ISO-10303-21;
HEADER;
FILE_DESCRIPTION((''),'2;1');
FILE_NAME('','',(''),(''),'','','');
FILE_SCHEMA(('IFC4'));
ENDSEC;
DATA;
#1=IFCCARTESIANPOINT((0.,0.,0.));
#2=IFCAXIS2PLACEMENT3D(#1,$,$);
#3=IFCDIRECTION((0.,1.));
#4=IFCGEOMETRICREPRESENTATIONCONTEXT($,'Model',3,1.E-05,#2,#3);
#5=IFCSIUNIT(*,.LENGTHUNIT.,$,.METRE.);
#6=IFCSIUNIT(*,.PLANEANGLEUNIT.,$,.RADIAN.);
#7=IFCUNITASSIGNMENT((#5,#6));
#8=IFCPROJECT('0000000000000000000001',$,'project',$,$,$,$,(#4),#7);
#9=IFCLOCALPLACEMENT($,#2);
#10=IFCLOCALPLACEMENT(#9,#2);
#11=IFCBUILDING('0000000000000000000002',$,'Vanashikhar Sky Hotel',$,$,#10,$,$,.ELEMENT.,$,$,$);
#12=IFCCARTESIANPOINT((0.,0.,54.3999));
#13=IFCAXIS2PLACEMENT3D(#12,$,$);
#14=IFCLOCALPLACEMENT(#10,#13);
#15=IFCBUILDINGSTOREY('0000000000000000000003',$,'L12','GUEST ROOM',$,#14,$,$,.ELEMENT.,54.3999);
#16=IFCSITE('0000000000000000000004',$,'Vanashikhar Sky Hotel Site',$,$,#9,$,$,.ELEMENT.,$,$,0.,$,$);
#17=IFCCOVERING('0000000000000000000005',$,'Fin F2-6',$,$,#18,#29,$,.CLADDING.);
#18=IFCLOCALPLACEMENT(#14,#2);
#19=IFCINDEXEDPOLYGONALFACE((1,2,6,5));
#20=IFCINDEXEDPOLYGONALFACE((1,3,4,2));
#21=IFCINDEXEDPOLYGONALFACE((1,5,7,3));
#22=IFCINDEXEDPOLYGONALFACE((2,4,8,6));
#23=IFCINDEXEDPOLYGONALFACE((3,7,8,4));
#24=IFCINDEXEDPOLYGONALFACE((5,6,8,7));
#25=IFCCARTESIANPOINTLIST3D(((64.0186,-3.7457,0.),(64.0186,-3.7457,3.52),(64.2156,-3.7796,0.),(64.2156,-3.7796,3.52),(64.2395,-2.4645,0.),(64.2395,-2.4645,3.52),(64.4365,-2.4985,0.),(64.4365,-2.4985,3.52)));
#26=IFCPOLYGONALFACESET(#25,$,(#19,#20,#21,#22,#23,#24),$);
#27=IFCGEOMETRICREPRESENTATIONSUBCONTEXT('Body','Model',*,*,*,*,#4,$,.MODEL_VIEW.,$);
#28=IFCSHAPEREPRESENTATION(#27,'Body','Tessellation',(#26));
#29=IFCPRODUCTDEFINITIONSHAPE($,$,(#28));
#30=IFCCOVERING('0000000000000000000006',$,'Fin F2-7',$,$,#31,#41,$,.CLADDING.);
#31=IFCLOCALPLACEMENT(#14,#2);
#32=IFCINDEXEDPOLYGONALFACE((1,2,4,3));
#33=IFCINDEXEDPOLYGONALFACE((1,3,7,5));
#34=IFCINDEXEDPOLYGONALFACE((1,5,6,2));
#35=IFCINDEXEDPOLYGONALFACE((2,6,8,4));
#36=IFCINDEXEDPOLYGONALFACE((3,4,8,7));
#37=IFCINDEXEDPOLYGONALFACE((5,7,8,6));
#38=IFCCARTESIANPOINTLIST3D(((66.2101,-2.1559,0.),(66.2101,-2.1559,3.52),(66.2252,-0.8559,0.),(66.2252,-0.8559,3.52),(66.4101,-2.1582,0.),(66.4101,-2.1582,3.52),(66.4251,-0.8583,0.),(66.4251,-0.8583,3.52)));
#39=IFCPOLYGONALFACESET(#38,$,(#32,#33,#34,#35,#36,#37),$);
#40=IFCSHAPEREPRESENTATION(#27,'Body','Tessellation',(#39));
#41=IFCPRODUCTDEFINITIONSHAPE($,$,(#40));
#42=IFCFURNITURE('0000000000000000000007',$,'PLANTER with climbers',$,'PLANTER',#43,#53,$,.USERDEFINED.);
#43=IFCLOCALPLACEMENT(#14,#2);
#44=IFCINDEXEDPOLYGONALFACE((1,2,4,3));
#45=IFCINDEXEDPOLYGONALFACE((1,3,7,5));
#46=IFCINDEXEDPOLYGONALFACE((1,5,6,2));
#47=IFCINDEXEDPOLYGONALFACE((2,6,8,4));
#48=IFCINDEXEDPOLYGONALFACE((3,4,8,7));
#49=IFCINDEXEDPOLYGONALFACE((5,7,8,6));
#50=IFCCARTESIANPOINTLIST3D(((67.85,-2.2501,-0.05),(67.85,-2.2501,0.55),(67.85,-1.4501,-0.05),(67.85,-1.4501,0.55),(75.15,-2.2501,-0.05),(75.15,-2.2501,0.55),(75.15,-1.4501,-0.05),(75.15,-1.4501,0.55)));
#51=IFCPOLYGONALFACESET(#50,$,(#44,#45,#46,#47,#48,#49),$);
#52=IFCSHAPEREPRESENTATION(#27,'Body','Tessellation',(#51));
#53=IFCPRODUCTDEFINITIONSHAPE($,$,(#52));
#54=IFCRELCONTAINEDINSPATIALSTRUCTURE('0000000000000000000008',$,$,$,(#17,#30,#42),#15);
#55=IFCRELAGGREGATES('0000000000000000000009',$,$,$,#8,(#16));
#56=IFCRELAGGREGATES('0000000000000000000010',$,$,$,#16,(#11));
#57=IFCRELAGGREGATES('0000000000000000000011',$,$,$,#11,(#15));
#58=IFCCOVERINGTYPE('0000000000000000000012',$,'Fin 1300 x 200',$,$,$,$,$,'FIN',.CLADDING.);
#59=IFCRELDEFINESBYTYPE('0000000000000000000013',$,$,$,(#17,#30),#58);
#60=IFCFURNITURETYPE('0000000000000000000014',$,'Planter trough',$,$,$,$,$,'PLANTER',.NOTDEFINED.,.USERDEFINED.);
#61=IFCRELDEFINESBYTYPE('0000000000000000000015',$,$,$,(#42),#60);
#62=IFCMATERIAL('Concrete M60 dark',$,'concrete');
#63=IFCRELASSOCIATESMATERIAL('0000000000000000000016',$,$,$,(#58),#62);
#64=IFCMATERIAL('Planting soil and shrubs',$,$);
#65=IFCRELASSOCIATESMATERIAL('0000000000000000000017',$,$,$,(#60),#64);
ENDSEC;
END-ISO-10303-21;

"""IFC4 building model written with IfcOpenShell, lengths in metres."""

from ifc_helpers import new_model, si_unit, direction, frame, origin, origin_2d, place, context, subcontext, project, spatial, rectangle, extrude, source, transform, mapped, material, material_profile, profile_set, type_object, element, save


model = new_model("IFC4")

# Units and contexts
model_context = context("Model", 3, precision=1e-05, world=origin(), true_north=direction((0.0, 1.0)))
body_context = subcontext(model_context, "Body", "Model", "MODEL_VIEW")
ifc_project = project(units=[si_unit("LENGTHUNIT", "METRE"), si_unit("PLANEANGLEUNIT", "RADIAN")], contexts=[model_context])

# Site, building, storey
site_placement = place(None, origin())
site = spatial("IfcSite", under=ifc_project, at=site_placement, Name="Vanashikhar Sky Hotel Site", CompositionType="ELEMENT", RefElevation=0.0)
building_placement = place(site_placement, origin())
building = spatial("IfcBuilding", under=site, at=building_placement, Name="Vanashikhar Sky Hotel", CompositionType="ELEMENT")
storey_placement = place(building_placement, frame((0.0, 0.0, 54.3999)))
storey = spatial("IfcBuildingStorey", under=building, at=storey_placement, Name="L12", Description="GUEST ROOM", CompositionType="ELEMENT", Elevation=54.3999)

# Coverings
ifc_material_1 = material(Name="Concrete M60 dark", Category="concrete")
ifc_material_profile = material_profile(ifc_material_1, rectangle(XDim=1.3, YDim=0.2, at=origin_2d()))
ifc_profile_set = profile_set([ifc_material_profile], Name="Fin 1300 x 200")
covering_type_1 = type_object("IfcCoveringType", Name="Fin 1300 x 200", ElementType="FIN", PredefinedType="CLADDING", material=ifc_profile_set)
shared_shape_1 = source(origin(), body_context, "Body", "SweptSolid", [
    extrude(rectangle(XDim=1.3, YDim=0.2, at=origin_2d()), origin(), (0.0, 0.0, 1.0), 3.52),
])
for number, where, z_axis, x_axis, name in (
    (1, (64.2275, -3.1221, 0.0), (0.0, 0.0, 1.0), (-0.1699, -0.985461, 0.0), "Fin F2-6"),
    (2, (66.3176, -1.5071, 0.0), (0.0, 0.0, 1.0), (-0.011589, -0.999933, 0.0), "Fin F2-7"),
):
    element("IfcCovering", number, at=place(storey_placement, frame(where, z_axis=z_axis, x_axis=x_axis)), inside=storey, type_object=covering_type_1, Name=name, PredefinedType="CLADDING", context=body_context, shape_type="MappedRepresentation", body=[
        mapped(shared_shape_1, transform((0.0, 0.0, 0.0), scale=1.0)),
    ])

# Furniture
ifc_material_2 = material(Name="Planting soil and shrubs")
furniture_type = type_object("IfcFurnitureType", Name="Planter trough", ElementType="PLANTER", AssemblyPlace="NOTDEFINED", PredefinedType="USERDEFINED", material=ifc_material_2)
shared_shape_2 = source(origin(), body_context, "Body", "SweptSolid", [
    extrude(rectangle(XDim=7.3, YDim=0.8, at=origin_2d()), origin(), (0.0, 0.0, 1.0), 0.6001),
])
furniture_placement = place(storey_placement, frame((71.5, -1.8501, -0.05), z_axis=(0.0, 0.0, 1.0), x_axis=(1.0, 0.0, 0.0)))
element("IfcFurniture", 3, at=furniture_placement, inside=storey, type_object=furniture_type, Name="PLANTER with climbers", ObjectType="PLANTER", PredefinedType="USERDEFINED", context=body_context, shape_type="MappedRepresentation", body=[
    mapped(shared_shape_2, transform((0.0, 0.0, 0.0), scale=1.0)),
])

save(model, "model.ifc")
